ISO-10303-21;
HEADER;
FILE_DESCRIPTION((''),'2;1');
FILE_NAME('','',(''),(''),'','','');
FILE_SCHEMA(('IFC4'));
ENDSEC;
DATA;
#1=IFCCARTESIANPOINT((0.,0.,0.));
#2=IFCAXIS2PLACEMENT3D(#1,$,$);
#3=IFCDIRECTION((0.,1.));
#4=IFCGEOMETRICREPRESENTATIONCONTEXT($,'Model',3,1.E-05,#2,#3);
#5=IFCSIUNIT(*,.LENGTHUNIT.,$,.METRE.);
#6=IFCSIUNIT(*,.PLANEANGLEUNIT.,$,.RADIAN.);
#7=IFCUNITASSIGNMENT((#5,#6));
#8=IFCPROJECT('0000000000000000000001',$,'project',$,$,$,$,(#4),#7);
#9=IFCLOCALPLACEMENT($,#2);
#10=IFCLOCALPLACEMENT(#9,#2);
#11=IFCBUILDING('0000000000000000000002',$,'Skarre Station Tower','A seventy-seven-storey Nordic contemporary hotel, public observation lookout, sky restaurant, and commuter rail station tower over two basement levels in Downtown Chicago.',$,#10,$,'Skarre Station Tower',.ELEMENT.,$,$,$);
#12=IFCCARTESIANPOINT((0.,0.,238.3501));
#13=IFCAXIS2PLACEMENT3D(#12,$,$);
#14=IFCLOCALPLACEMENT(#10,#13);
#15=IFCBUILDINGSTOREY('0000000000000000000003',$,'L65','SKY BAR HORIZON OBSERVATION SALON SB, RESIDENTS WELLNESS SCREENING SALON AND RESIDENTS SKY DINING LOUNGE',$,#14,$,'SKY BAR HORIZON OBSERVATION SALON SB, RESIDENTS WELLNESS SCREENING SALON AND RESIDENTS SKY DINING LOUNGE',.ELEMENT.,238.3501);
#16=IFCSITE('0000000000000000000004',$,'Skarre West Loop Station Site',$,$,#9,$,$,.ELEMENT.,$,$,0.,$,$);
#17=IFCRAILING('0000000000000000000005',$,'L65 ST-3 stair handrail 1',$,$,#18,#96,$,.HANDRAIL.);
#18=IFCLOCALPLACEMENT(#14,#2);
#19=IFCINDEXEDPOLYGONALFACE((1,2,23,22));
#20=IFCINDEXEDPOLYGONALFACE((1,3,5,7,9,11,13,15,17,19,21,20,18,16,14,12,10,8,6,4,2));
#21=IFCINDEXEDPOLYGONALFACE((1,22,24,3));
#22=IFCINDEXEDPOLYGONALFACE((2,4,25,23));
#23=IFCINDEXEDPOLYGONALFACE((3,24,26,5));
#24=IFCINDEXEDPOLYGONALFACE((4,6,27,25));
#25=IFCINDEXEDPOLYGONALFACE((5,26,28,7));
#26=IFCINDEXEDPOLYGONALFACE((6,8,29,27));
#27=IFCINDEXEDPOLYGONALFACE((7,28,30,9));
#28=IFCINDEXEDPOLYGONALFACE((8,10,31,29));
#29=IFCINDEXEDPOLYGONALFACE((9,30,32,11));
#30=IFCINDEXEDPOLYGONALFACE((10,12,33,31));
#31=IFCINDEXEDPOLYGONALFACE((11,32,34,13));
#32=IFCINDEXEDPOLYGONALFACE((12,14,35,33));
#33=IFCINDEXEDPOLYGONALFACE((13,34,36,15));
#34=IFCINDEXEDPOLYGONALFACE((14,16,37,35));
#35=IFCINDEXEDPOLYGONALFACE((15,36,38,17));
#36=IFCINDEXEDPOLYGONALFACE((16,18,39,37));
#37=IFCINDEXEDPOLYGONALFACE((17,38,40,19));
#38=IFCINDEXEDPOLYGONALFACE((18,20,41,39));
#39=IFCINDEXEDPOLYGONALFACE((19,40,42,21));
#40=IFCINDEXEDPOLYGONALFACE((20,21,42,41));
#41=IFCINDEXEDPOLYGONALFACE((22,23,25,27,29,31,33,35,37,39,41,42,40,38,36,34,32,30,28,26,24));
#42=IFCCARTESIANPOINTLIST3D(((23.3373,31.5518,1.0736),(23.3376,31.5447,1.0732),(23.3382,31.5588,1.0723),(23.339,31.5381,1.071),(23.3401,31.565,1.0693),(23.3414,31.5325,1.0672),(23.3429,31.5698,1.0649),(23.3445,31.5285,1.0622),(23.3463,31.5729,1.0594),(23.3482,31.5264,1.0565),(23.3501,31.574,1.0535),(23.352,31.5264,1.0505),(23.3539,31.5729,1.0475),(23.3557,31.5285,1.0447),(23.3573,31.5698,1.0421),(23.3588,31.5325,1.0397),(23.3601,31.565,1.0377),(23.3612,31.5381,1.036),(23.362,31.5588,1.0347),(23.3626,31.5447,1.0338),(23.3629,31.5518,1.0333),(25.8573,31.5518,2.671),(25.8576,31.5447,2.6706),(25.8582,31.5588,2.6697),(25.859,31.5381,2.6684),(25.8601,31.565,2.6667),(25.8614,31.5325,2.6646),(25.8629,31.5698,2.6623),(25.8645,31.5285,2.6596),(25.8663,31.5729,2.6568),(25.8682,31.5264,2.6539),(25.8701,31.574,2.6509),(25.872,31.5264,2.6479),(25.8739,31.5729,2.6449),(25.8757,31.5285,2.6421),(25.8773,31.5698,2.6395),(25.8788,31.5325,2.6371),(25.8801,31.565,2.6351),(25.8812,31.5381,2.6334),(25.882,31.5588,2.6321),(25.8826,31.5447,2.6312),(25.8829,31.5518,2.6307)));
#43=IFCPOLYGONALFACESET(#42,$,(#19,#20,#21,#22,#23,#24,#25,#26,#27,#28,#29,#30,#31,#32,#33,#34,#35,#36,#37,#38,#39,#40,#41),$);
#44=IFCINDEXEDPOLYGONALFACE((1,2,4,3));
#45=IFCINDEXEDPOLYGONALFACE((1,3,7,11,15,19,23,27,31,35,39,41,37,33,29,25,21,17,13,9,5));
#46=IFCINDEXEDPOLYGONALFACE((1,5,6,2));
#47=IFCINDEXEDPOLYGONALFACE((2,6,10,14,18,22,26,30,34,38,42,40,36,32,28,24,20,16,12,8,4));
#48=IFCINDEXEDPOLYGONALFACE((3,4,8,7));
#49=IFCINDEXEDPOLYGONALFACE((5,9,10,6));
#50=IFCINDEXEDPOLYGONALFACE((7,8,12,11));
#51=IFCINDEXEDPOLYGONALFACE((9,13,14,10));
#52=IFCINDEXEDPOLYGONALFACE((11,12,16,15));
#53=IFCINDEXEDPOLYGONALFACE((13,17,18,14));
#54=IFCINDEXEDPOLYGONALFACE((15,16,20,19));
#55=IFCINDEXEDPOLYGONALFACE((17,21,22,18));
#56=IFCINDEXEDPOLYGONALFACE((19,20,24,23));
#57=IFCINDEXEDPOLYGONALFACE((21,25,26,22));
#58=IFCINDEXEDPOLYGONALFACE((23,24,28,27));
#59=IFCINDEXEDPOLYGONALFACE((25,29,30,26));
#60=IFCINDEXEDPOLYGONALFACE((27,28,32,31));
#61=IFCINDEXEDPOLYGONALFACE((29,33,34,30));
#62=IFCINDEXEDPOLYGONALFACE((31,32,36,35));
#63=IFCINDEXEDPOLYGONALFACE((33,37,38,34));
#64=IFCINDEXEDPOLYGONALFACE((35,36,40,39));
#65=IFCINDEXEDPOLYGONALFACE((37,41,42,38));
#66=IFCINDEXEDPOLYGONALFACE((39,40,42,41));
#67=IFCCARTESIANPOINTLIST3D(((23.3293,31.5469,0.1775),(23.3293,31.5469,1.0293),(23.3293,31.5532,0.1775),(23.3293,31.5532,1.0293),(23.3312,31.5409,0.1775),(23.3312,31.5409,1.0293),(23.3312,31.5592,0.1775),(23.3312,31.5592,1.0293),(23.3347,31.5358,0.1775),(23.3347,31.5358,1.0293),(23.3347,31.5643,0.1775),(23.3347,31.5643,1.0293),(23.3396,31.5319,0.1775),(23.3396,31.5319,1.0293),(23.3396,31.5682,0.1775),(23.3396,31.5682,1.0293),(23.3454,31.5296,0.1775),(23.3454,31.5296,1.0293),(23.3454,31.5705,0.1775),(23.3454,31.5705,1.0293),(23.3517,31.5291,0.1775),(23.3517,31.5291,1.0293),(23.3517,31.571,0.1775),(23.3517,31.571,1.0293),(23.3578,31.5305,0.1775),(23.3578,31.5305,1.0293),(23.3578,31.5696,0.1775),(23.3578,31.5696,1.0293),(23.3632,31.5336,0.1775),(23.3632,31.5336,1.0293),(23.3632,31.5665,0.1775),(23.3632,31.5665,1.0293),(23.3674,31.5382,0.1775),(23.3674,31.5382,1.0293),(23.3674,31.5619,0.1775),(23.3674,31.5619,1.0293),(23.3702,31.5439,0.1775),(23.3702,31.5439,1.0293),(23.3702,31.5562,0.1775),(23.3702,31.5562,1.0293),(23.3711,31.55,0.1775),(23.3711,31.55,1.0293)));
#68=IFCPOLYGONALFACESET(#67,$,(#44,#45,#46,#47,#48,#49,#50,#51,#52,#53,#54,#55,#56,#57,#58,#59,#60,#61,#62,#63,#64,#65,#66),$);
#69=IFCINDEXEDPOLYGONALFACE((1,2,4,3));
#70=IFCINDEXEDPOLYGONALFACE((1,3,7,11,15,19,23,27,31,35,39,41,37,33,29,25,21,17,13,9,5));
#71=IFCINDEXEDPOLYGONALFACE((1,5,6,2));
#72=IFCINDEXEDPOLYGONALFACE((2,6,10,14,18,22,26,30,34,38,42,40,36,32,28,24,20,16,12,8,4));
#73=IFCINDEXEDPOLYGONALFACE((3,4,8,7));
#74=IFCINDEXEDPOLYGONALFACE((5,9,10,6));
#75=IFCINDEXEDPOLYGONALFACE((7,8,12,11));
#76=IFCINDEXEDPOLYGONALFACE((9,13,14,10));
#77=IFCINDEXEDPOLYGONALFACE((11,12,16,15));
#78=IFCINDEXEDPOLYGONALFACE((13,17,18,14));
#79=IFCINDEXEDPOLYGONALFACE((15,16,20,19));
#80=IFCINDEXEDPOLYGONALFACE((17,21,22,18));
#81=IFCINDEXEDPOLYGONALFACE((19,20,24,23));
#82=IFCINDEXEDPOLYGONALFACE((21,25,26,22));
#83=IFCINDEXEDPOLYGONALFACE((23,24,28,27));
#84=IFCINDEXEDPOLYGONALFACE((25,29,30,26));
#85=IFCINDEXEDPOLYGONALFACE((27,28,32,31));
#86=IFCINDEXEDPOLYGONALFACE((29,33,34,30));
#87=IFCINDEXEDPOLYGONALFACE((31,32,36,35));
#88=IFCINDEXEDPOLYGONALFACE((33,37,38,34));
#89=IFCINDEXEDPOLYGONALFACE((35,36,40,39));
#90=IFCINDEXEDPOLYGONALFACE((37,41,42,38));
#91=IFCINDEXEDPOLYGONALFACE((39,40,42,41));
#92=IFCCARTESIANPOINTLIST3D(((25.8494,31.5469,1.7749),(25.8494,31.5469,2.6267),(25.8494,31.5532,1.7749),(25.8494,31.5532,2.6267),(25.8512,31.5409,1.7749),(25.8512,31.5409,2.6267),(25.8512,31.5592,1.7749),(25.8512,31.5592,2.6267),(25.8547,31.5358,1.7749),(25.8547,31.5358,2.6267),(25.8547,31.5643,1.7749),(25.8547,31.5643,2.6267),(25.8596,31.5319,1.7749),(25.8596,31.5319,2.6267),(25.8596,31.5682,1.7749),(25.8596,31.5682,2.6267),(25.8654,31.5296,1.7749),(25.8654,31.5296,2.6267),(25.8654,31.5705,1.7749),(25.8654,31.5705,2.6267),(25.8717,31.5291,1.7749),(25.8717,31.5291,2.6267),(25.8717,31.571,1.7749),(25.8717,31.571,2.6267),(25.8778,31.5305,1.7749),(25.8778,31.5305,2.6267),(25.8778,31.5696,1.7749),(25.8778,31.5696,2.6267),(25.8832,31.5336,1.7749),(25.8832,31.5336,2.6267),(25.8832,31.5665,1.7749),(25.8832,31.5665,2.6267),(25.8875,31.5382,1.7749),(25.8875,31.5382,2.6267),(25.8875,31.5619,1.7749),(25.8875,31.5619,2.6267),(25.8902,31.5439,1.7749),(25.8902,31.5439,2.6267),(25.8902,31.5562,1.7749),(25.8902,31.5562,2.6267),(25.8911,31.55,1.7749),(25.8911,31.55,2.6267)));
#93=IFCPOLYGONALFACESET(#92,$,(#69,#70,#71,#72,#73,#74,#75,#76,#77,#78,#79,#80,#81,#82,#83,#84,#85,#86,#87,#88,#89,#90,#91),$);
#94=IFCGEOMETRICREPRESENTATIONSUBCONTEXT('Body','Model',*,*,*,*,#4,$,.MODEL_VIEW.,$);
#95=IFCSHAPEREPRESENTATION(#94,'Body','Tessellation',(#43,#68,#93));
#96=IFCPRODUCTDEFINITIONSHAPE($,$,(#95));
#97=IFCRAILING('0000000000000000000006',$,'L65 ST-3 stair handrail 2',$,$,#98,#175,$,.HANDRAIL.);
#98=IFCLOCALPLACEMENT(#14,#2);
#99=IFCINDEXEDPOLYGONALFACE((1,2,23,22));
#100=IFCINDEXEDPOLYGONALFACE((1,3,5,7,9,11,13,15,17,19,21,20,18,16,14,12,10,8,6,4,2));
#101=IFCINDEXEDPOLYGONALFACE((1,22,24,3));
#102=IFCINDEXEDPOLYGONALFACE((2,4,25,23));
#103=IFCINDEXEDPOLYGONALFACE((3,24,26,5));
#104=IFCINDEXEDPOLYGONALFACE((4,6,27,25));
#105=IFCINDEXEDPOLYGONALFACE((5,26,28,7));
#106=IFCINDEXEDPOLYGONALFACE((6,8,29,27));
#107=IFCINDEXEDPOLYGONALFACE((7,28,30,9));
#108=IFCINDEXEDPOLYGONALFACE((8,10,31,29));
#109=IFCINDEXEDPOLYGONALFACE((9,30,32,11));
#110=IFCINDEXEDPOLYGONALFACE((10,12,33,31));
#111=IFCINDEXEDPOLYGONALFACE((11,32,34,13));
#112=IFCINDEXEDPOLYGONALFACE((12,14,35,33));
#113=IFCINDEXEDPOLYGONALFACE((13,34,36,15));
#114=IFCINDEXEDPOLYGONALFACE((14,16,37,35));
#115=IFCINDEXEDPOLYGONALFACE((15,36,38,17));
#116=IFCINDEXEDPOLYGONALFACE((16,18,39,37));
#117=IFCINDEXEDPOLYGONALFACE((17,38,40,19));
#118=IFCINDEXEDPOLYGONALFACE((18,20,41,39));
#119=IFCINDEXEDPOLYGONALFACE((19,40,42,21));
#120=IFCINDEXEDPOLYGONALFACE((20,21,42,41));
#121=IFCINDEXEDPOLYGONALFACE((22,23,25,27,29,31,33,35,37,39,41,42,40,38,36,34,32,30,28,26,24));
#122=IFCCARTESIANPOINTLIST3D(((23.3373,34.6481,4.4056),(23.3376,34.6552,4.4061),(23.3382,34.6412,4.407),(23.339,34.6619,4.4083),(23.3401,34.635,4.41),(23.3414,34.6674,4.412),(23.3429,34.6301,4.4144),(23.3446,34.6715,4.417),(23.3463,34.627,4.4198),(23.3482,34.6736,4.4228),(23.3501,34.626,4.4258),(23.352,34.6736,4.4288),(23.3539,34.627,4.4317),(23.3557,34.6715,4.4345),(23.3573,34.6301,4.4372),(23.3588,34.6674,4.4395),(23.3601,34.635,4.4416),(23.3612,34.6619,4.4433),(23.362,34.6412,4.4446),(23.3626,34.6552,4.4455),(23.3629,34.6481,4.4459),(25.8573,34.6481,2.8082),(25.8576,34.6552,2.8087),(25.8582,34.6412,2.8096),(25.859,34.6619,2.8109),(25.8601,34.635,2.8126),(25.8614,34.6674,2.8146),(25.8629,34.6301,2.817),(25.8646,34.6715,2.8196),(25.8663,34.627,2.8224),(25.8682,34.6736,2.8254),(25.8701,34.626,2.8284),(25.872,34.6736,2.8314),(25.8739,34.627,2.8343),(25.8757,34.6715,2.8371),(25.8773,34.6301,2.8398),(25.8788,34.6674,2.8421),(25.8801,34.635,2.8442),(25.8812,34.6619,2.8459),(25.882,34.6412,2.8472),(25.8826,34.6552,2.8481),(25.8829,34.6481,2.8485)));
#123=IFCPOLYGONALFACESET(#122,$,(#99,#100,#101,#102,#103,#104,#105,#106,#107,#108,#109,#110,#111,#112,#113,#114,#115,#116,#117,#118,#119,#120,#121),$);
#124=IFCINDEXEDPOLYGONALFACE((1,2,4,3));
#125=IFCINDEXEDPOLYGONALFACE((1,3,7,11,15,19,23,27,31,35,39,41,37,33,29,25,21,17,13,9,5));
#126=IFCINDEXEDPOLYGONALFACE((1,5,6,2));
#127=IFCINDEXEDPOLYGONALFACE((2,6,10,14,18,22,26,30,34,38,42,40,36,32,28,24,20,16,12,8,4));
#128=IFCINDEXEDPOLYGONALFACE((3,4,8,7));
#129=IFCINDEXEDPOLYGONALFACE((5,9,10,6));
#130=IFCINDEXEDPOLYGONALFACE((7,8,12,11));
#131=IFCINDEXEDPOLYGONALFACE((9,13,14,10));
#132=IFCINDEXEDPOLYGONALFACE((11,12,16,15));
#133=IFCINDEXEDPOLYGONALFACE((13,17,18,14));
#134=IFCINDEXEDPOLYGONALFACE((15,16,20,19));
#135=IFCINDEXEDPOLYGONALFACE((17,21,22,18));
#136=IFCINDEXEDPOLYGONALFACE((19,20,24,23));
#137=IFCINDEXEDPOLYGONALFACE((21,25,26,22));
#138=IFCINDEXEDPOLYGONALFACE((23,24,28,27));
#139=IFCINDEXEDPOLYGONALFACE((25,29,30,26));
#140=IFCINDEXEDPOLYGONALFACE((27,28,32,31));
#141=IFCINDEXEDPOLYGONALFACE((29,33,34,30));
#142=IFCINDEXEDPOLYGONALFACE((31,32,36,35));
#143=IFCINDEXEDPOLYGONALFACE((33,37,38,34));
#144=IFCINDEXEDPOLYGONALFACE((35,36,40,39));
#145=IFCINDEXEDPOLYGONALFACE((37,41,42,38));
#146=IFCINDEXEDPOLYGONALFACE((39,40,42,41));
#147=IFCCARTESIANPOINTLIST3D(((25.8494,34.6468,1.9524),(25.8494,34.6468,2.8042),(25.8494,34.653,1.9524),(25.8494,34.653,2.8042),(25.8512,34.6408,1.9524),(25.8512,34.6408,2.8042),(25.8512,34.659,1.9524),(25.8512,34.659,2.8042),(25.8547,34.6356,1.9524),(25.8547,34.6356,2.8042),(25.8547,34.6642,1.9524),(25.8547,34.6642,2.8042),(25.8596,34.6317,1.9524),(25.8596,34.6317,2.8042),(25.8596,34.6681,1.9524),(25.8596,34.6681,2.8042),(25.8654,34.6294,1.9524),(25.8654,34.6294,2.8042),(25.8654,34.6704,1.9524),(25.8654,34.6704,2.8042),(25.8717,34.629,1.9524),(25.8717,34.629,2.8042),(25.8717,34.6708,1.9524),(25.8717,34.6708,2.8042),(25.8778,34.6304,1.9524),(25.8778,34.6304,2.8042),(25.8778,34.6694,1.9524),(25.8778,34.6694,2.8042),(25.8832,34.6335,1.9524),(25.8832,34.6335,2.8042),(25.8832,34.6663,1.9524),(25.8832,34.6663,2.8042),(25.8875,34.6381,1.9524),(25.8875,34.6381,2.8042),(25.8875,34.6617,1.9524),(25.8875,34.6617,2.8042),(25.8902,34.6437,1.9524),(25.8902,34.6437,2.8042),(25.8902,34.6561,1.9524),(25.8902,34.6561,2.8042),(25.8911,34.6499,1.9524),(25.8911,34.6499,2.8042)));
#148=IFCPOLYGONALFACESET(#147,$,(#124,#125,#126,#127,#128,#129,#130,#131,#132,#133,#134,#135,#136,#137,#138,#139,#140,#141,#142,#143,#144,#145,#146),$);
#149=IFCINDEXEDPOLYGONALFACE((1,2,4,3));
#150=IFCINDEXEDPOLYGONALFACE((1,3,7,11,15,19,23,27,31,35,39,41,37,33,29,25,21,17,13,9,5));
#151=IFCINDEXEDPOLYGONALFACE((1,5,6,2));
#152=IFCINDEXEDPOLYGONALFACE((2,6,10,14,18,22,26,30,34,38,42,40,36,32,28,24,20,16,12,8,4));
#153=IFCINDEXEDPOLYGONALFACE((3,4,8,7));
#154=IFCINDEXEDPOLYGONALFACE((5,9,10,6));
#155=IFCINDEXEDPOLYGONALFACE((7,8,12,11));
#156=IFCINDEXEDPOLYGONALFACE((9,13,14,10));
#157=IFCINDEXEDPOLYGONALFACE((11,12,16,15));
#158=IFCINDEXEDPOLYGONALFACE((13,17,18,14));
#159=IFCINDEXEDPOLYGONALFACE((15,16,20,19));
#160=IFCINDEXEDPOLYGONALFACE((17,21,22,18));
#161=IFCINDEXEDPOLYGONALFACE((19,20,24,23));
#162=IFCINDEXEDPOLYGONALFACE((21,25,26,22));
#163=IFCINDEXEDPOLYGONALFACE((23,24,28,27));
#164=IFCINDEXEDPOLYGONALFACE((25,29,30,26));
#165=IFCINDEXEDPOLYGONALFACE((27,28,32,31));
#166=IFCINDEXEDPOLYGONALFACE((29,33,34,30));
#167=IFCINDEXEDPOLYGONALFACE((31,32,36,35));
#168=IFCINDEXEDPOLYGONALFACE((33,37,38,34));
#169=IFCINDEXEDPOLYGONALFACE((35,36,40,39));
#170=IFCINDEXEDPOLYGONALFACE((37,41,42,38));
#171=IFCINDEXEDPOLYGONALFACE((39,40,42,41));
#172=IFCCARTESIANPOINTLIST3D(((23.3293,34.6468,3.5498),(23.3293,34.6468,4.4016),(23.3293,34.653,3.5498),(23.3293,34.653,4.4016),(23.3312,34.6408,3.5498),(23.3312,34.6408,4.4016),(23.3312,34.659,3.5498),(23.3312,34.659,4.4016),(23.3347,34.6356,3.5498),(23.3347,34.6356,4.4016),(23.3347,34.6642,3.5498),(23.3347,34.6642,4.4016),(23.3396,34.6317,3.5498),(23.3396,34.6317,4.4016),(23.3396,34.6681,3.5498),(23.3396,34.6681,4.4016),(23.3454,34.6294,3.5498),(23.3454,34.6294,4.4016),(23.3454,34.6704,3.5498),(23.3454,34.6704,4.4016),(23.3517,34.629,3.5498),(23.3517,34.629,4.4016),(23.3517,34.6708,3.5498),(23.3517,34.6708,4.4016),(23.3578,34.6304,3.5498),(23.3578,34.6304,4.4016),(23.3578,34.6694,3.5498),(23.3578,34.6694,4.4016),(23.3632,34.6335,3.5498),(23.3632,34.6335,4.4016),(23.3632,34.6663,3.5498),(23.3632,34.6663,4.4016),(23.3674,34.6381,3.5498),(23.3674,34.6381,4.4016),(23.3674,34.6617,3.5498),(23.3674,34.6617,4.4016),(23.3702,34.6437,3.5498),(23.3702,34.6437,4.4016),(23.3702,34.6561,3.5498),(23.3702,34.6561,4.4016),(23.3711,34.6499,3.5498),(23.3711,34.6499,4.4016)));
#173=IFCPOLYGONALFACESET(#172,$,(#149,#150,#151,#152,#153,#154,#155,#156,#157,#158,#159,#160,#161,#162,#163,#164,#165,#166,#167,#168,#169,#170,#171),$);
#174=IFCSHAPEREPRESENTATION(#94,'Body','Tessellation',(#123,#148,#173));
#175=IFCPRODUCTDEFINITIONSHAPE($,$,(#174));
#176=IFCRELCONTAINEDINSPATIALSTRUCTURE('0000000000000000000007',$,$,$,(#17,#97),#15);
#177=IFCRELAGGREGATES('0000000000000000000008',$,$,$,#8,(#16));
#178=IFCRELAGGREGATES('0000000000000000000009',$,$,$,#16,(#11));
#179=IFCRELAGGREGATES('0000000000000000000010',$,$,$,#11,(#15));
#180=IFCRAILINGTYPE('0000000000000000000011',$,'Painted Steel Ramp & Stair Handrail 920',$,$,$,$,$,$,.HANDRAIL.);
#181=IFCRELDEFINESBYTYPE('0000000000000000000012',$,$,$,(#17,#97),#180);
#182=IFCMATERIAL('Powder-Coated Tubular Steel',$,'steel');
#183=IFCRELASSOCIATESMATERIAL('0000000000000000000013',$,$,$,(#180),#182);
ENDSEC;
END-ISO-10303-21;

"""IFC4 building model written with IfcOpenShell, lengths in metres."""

from ifc_helpers import new_model, si_unit, direction, frame, origin, origin_2d, place, context, subcontext, project, spatial, circle, extrude, material, type_object, element, save


model = new_model("IFC4")

# Units and contexts
model_context = context("Model", 3, precision=1e-05, world=origin(), true_north=direction((0.0, 1.0)))
body_context = subcontext(model_context, "Body", "Model", "MODEL_VIEW")
ifc_project = project(units=[si_unit("LENGTHUNIT", "METRE"), si_unit("PLANEANGLEUNIT", "RADIAN")], contexts=[model_context])

# Site, building, storey
site_placement = place(None, origin())
site = spatial("IfcSite", under=ifc_project, at=site_placement, Name="Skarre West Loop Station Site", CompositionType="ELEMENT", RefElevation=0.0)
building_placement = place(site_placement, origin())
building = spatial("IfcBuilding", under=site, at=building_placement, Name="Skarre Station Tower", Description="A seventy-seven-storey Nordic contemporary hotel, public observation lookout, sky restaurant, and commuter rail station tower over two basement levels in Downtown Chicago.", LongName="Skarre Station Tower", CompositionType="ELEMENT")
storey_placement = place(building_placement, frame((0.0, 0.0, 238.3501)))
storey = spatial("IfcBuildingStorey", under=building, at=storey_placement, Name="L65", Description="SKY BAR HORIZON OBSERVATION SALON SB, RESIDENTS WELLNESS SCREENING SALON AND RESIDENTS SKY DINING LOUNGE", LongName="SKY BAR HORIZON OBSERVATION SALON SB, RESIDENTS WELLNESS SCREENING SALON AND RESIDENTS SKY DINING LOUNGE", CompositionType="ELEMENT", Elevation=238.3501)

# Railings
ifc_material_1 = material(Name="Powder-Coated Tubular Steel", Category="steel")
railing_type_1 = type_object("IfcRailingType", Name="Painted Steel Ramp & Stair Handrail 920", PredefinedType="HANDRAIL", material=ifc_material_1)
railing_1_placement = place(storey_placement, frame((23.3501, 31.55, 0.1775)))
element("IfcRailing", 1, at=railing_1_placement, inside=storey, type_object=railing_type_1, Name="L65 ST-3 stair handrail 1", PredefinedType="HANDRAIL", context=body_context, shape_type="SweptSolid", body=[
    extrude(circle(Radius=0.0239, at=origin_2d()), frame((0.0, 0.0, 0.876), z_axis=(0.844607, 0.0, 0.535387), x_axis=(0.0, 1.0, 0.0)), (0.0, 0.0, 1.0), 2.9836),
    extrude(circle(Radius=0.021, at=origin_2d()), origin(), (0.0, 0.0, 1.0), 0.8518),
    extrude(circle(Radius=0.021, at=origin_2d()), frame((2.52, 0.0, 1.5974)), (0.0, 0.0, 1.0), 0.8518),
])
railing_2_placement = place(storey_placement, frame((25.8701, 34.6499, 1.9524)))
element("IfcRailing", 2, at=railing_2_placement, inside=storey, type_object=railing_type_1, Name="L65 ST-3 stair handrail 2", PredefinedType="HANDRAIL", context=body_context, shape_type="SweptSolid", body=[
    extrude(circle(Radius=0.0239, at=origin_2d()), frame((0.0, 0.0, 0.876), z_axis=(-0.844607, 0.0, 0.535387), x_axis=(0.0, -1.0, 0.0)), (0.0, 0.0, 1.0), 2.9836),
    extrude(circle(Radius=0.021, at=origin_2d()), origin(), (0.0, 0.0, 1.0), 0.8518),
    extrude(circle(Radius=0.021, at=origin_2d()), frame((-2.52, 0.0, 1.5974)), (0.0, 0.0, 1.0), 0.8518),
])

save(model, "model.ifc")
